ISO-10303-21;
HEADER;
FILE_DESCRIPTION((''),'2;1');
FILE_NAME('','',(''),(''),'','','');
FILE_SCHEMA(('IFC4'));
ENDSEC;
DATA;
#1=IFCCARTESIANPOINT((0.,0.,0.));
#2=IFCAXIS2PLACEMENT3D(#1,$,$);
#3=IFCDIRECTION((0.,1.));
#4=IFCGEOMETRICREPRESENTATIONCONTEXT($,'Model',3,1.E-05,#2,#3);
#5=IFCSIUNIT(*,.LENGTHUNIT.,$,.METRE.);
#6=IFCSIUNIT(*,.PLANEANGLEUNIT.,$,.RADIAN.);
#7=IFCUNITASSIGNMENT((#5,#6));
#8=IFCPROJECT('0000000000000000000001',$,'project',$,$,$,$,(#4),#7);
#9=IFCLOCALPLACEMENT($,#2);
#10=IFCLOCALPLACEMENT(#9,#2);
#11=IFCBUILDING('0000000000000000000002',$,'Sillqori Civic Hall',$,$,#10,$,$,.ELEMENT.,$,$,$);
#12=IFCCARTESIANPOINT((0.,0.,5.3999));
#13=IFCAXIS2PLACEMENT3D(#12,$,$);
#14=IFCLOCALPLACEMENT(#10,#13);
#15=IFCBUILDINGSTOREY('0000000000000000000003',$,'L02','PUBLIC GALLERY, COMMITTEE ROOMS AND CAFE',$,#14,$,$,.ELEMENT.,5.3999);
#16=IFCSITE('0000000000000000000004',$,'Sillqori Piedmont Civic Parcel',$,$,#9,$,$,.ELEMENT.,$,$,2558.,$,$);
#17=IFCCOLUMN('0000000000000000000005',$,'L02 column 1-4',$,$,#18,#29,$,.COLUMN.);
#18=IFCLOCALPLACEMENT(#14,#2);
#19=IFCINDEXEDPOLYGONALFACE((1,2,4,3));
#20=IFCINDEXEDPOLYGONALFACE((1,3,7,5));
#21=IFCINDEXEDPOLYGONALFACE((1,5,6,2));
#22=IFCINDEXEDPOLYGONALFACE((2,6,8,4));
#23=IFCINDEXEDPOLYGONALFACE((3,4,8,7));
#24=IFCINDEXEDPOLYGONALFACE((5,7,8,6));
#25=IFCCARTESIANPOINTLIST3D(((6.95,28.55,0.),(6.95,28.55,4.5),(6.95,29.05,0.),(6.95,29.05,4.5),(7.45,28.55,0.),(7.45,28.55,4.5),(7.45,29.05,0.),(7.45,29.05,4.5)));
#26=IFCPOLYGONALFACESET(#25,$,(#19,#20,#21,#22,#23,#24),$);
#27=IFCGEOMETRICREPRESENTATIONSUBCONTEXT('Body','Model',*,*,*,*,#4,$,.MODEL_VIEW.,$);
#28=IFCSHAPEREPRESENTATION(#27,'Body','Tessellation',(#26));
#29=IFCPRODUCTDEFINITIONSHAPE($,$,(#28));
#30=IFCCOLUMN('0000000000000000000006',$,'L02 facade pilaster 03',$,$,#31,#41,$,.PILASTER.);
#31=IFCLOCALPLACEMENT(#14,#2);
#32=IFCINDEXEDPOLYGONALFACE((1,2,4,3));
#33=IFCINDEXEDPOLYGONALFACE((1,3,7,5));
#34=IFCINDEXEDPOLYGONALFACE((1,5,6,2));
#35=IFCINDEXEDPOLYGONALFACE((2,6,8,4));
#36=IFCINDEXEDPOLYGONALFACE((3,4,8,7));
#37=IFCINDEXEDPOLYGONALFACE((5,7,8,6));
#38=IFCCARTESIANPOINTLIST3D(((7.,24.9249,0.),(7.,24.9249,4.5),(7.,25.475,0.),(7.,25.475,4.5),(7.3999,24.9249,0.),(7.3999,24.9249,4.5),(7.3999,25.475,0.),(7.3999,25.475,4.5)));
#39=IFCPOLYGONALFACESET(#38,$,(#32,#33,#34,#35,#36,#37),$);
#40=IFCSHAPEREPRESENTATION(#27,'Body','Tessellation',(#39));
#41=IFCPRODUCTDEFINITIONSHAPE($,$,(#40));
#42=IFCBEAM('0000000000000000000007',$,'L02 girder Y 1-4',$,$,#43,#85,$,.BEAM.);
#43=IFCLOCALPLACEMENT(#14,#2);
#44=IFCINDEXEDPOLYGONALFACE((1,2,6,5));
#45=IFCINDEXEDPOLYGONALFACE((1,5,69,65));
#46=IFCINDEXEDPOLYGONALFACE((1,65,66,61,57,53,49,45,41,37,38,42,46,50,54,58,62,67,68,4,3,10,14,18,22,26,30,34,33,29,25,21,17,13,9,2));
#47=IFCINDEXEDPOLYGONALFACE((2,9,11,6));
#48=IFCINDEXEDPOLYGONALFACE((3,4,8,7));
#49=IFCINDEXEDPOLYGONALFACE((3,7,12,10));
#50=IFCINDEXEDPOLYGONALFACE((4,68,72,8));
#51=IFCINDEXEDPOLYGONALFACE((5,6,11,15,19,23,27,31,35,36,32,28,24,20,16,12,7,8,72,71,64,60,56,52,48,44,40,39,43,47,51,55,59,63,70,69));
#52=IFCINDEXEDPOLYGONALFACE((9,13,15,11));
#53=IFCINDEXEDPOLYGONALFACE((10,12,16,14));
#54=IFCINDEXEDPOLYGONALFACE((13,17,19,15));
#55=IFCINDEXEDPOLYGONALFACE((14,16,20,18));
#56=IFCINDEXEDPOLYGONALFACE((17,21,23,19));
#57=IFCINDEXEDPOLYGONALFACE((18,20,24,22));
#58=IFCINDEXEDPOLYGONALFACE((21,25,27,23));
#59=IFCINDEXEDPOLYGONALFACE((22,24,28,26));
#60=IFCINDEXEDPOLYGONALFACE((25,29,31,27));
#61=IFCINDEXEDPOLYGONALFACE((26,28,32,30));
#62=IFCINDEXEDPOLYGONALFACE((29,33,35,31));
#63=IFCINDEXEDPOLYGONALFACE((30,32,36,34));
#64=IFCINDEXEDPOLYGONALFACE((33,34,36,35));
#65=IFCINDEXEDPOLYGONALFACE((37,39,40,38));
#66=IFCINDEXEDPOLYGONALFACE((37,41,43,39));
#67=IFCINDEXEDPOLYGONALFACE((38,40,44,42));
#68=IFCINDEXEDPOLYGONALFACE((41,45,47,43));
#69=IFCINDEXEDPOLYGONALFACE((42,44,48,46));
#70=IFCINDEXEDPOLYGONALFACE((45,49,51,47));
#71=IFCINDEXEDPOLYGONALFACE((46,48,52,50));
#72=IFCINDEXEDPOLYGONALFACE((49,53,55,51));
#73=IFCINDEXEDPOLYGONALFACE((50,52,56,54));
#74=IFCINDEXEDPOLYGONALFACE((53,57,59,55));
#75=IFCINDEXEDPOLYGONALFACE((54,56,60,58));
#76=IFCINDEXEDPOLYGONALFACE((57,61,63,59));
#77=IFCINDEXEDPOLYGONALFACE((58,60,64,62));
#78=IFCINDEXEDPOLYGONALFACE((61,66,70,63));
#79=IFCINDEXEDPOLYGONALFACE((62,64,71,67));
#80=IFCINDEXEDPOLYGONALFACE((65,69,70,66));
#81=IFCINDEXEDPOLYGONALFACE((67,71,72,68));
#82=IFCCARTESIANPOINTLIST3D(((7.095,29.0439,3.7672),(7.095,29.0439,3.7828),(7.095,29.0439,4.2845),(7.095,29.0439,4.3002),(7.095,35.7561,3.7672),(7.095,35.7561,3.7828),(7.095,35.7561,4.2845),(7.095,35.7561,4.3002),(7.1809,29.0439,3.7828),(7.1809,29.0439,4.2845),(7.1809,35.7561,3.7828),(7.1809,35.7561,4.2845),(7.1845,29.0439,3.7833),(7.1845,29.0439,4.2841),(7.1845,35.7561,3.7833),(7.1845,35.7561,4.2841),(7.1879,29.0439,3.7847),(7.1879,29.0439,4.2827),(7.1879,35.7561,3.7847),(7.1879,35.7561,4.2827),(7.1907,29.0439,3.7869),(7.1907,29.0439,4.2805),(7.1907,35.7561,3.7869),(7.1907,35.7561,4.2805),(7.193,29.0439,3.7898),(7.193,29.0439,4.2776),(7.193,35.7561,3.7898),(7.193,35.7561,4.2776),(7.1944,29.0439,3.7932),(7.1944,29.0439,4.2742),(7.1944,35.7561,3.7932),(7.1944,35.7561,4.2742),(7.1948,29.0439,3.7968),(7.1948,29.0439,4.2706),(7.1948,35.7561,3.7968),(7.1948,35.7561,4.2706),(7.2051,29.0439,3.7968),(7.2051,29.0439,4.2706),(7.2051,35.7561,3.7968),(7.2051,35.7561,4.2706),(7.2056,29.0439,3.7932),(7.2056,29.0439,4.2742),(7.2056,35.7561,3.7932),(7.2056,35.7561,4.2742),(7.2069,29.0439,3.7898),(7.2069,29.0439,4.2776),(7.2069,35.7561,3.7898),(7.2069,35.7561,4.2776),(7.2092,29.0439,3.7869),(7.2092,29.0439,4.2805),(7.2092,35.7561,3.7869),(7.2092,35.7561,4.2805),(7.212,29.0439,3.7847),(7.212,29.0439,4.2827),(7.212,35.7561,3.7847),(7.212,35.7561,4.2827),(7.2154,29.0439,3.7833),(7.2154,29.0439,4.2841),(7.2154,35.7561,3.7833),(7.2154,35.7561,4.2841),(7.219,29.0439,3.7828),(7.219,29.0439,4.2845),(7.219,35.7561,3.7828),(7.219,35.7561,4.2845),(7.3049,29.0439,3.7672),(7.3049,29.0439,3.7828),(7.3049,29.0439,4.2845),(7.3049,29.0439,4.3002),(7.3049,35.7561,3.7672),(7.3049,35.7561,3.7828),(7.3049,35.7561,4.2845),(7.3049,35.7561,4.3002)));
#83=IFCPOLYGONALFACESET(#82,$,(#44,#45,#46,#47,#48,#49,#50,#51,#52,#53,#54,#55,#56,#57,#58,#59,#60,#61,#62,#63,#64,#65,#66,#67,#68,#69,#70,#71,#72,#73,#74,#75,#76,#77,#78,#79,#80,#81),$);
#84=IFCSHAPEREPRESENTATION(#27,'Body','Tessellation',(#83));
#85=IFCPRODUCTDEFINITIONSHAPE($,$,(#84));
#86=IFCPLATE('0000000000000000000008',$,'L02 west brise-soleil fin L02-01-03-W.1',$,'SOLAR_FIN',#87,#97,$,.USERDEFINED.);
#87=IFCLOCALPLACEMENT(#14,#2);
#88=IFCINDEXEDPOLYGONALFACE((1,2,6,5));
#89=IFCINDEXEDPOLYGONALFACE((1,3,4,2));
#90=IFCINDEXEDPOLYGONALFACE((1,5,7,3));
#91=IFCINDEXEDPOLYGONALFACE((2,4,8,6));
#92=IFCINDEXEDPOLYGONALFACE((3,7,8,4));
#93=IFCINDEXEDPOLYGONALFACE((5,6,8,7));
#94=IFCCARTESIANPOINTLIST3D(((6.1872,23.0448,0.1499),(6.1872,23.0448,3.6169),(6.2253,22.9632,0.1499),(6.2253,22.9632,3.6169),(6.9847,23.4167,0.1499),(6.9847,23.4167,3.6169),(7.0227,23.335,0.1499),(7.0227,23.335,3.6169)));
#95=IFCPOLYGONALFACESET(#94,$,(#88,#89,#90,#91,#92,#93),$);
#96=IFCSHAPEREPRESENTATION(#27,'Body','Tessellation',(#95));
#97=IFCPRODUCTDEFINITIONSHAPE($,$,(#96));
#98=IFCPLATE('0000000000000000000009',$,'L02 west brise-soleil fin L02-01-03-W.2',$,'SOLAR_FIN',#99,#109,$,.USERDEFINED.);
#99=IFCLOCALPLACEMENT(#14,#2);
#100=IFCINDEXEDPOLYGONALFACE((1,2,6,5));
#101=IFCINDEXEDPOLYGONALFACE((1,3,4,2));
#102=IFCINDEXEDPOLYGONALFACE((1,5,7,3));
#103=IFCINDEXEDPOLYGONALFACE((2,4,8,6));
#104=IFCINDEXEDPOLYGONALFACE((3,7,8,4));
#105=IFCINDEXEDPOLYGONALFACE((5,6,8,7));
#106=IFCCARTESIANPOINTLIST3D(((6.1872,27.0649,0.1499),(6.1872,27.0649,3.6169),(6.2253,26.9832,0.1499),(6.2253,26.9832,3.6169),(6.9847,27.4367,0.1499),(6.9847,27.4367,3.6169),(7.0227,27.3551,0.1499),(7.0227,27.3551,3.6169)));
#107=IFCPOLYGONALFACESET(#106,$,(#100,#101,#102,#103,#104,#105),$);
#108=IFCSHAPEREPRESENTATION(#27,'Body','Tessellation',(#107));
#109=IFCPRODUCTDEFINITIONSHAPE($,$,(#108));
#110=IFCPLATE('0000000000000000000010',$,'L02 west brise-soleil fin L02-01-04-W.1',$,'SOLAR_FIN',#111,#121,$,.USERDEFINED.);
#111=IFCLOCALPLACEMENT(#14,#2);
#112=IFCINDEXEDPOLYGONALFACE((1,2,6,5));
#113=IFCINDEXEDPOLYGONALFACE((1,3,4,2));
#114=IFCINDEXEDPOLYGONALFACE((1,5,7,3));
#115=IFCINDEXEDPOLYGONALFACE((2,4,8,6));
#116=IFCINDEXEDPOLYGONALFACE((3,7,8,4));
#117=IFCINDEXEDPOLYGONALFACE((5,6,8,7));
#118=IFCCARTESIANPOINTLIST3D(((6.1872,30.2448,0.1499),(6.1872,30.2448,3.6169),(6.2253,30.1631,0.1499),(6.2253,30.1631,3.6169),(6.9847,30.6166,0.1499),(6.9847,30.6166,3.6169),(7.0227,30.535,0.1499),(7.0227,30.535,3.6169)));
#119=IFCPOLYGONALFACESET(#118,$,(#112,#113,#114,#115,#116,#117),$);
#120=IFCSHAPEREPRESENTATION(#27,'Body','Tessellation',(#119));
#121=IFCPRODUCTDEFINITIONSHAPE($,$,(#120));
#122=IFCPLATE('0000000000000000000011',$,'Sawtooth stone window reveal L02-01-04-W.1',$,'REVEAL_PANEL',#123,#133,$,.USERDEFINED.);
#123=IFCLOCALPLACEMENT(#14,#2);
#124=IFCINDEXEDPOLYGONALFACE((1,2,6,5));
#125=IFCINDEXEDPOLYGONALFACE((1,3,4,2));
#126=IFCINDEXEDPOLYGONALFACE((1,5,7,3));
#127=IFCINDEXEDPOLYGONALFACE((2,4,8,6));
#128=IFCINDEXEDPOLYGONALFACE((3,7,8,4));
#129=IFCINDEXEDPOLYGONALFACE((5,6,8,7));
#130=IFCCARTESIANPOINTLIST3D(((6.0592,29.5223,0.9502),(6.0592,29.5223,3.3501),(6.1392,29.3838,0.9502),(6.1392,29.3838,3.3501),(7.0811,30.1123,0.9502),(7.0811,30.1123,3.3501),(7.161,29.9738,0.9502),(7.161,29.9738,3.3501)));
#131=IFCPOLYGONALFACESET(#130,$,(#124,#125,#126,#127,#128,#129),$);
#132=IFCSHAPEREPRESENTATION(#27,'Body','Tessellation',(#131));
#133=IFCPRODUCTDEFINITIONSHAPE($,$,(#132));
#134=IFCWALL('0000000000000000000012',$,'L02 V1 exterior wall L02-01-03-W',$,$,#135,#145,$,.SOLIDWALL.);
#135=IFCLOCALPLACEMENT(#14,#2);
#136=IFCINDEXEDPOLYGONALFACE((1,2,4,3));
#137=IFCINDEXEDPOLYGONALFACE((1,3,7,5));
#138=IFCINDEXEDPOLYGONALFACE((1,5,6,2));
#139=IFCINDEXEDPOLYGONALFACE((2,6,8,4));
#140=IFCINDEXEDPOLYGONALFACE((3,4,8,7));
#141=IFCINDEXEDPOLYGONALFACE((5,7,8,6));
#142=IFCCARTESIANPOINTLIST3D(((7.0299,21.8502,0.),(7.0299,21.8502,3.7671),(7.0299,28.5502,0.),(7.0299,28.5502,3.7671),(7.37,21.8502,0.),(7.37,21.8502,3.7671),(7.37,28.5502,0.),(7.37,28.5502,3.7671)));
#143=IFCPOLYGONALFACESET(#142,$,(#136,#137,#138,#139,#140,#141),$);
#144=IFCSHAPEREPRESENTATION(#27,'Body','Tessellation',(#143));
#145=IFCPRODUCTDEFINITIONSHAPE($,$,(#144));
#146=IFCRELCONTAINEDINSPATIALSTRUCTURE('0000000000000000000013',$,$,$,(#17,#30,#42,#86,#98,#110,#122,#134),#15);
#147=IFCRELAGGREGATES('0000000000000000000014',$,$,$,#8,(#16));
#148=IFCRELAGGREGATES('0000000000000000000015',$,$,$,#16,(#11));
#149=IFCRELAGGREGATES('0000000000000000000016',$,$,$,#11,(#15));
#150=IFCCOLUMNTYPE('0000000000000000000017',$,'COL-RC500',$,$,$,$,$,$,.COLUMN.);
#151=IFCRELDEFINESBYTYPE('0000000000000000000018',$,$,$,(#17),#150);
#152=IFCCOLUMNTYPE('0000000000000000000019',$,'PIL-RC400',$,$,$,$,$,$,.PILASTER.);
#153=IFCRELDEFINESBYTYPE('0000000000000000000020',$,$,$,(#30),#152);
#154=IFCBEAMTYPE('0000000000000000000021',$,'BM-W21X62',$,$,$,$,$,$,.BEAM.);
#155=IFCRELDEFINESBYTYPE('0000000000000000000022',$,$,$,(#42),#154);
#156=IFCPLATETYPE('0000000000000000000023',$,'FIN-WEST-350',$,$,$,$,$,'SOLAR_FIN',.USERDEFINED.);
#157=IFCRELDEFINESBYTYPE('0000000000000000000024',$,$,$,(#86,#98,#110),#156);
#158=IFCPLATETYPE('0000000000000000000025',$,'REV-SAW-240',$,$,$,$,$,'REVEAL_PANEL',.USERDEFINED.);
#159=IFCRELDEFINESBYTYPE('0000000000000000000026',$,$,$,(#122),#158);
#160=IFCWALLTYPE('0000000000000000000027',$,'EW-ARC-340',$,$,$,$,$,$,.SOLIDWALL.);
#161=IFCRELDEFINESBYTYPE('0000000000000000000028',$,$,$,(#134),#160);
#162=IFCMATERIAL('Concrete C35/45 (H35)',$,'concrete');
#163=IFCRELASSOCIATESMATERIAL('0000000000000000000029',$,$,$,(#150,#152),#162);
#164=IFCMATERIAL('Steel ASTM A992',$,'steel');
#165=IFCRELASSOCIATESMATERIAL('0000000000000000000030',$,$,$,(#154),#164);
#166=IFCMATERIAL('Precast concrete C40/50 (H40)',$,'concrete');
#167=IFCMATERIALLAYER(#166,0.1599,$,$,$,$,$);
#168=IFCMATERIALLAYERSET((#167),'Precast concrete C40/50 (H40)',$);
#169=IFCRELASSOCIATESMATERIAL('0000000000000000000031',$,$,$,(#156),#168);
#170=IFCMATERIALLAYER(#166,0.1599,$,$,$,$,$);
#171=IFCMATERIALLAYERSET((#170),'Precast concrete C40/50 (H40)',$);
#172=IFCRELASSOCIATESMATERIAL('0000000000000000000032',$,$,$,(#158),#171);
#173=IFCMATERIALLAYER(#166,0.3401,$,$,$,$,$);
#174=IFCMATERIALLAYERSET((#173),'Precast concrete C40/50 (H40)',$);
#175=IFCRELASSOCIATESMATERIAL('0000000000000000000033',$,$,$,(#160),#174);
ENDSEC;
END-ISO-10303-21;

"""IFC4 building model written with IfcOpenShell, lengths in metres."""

from ifc_helpers import new_model, si_unit, direction, frame, frame_2d, origin, origin_2d, place, context, subcontext, project, spatial, rectangle, i_section, extrude, material, layer, layer_set, material_profile, profile_set, type_object, element, save


model = new_model("IFC4")

# Units and contexts
model_context = context("Model", 3, precision=1e-05, world=origin(), true_north=direction((0.0, 1.0)))
body_context = subcontext(model_context, "Body", "Model", "MODEL_VIEW")
ifc_project = project(units=[si_unit("LENGTHUNIT", "METRE"), si_unit("PLANEANGLEUNIT", "RADIAN")], contexts=[model_context])

# Site, building, storey
site_placement = place(None, origin())
site = spatial("IfcSite", under=ifc_project, at=site_placement, Name="Sillqori Piedmont Civic Parcel", CompositionType="ELEMENT", RefElevation=2558.0)
building_placement = place(site_placement, origin())
building = spatial("IfcBuilding", under=site, at=building_placement, Name="Sillqori Civic Hall", CompositionType="ELEMENT")
storey_placement = place(building_placement, frame((0.0, 0.0, 5.3999)))
storey = spatial("IfcBuildingStorey", under=building, at=storey_placement, Name="L02", Description="PUBLIC GALLERY, COMMITTEE ROOMS AND CAFE", CompositionType="ELEMENT", Elevation=5.3999)

# Columns
ifc_material_1 = material(Name="Concrete C35/45 (H35)", Category="concrete")
ifc_material_profile_1 = material_profile(ifc_material_1, rectangle(XDim=0.5, YDim=0.5, at=origin_2d()), Name="RC 500x500")
ifc_profile_set_1 = profile_set([ifc_material_profile_1], Name="Concrete C35/45 (H35)")
column_type_1 = type_object("IfcColumnType", Name="COL-RC500", PredefinedType="COLUMN", material=ifc_profile_set_1)
column_1_placement = place(storey_placement, frame((7.2, 28.8, 0.0), z_axis=(0.0, 0.0, 1.0), x_axis=(1.0, 0.0, 0.0)))
element("IfcColumn", 1, at=column_1_placement, inside=storey, type_object=column_type_1, Name="L02 column 1-4", PredefinedType="COLUMN", context=body_context, shape_type="SweptSolid", body=[
    extrude(rectangle(XDim=0.5, YDim=0.5, at=origin_2d()), origin(), (0.0, 0.0, 1.0), 4.5),
])
ifc_material_profile_2 = material_profile(ifc_material_1, rectangle(XDim=0.3999, YDim=0.55, at=origin_2d()), Name="RC 400x550")
ifc_profile_set_2 = profile_set([ifc_material_profile_2], Name="Concrete C35/45 (H35)")
column_type_2 = type_object("IfcColumnType", Name="PIL-RC400", PredefinedType="PILASTER", material=ifc_profile_set_2)
column_2_placement = place(storey_placement, frame((7.2, 25.2, 0.0), z_axis=(0.0, 0.0, 1.0), x_axis=(1.0, 0.0, 0.0)))
element("IfcColumn", 2, at=column_2_placement, inside=storey, type_object=column_type_2, Name="L02 facade pilaster 03", PredefinedType="PILASTER", context=body_context, shape_type="SweptSolid", body=[
    extrude(rectangle(XDim=0.3999, YDim=0.55, at=origin_2d()), origin(), (0.0, 0.0, 1.0), 4.5),
])

# Beam
ifc_material_2 = material(Name="Steel ASTM A992", Category="steel")
ifc_material_profile_3 = material_profile(ifc_material_2, i_section(OverallWidth=0.21, OverallDepth=0.533, WebThickness=0.0103, FlangeThickness=0.0156, FilletRadius=0.0139, at=origin_2d()), Name="W21X62")
ifc_profile_set_3 = profile_set([ifc_material_profile_3], Name="Steel ASTM A992")
beam_type = type_object("IfcBeamType", Name="BM-W21X62", PredefinedType="BEAM", material=ifc_profile_set_3)
beam_placement = place(storey_placement, frame((7.2, 29.0439, 4.0337), z_axis=(0.0, 1.0, 0.0), x_axis=(-1.0, 0.0, 0.0)))
element("IfcBeam", 3, at=beam_placement, inside=storey, type_object=beam_type, Name="L02 girder Y 1-4", PredefinedType="BEAM", context=body_context, shape_type="SweptSolid", body=[
    extrude(i_section(OverallWidth=0.21, OverallDepth=0.533, WebThickness=0.0103, FlangeThickness=0.0156, FilletRadius=0.0139, at=origin_2d()), origin(), (0.0, 0.0, 1.0), 6.7122),
])

# Plates
ifc_material_3 = material(Name="Precast concrete C40/50 (H40)", Category="concrete")
ifc_layer_1 = layer(ifc_material_3, 0.1599)
ifc_layer_set_1 = layer_set([ifc_layer_1], Name="Precast concrete C40/50 (H40)")
plate_type_1 = type_object("IfcPlateType", Name="FIN-WEST-350", ElementType="SOLAR_FIN", PredefinedType="USERDEFINED", material=ifc_layer_set_1)
for number, where, z_axis, x_axis, name in (
    (4, (6.605, 23.1899, 0.1499), (0.0, 0.0, 1.0), (-0.422618, 0.906308, 0.0), "L02 west brise-soleil fin L02-01-03-W.1"),
    (5, (6.605, 27.21, 0.1499), (0.0, 0.0, 1.0), (-0.422618, 0.906308, 0.0), "L02 west brise-soleil fin L02-01-03-W.2"),
    (6, (6.605, 30.3899, 0.1499), (0.0, 0.0, 1.0), (-0.422618, 0.906308, 0.0), "L02 west brise-soleil fin L02-01-04-W.1"),
):
    element("IfcPlate", number, at=place(storey_placement, frame(where, z_axis=z_axis, x_axis=x_axis)), inside=storey, type_object=plate_type_1, Name=name, ObjectType="SOLAR_FIN", PredefinedType="USERDEFINED", context=body_context, shape_type="SweptSolid", body=[
        extrude(rectangle(XDim=0.0901, YDim=0.8799, at=origin_2d()), origin(), (0.0, 0.0, 1.0), 3.467),
    ])
ifc_layer_2 = layer(ifc_material_3, 0.1599)
ifc_layer_set_2 = layer_set([ifc_layer_2], Name="Precast concrete C40/50 (H40)")
plate_type_2 = type_object("IfcPlateType", Name="REV-SAW-240", ElementType="REVEAL_PANEL", PredefinedType="USERDEFINED", material=ifc_layer_set_2)
plate_placement = place(storey_placement, frame((6.6101, 29.748, 0.9502), z_axis=(0.0, 0.0, 1.0), x_axis=(-0.5, 0.866025, 0.0)))
element("IfcPlate", 7, at=plate_placement, inside=storey, type_object=plate_type_2, Name="Sawtooth stone window reveal L02-01-04-W.1", ObjectType="REVEAL_PANEL", PredefinedType="USERDEFINED", context=body_context, shape_type="SweptSolid", body=[
    extrude(rectangle(XDim=0.1599, YDim=1.1799, at=origin_2d()), origin(), (0.0, 0.0, 1.0), 2.3999),
])

# Wall
ifc_layer_3 = layer(ifc_material_3, 0.3401)
ifc_layer_set_3 = layer_set([ifc_layer_3], Name="Precast concrete C40/50 (H40)")
wall_type = type_object("IfcWallType", Name="EW-ARC-340", PredefinedType="SOLIDWALL", material=ifc_layer_set_3)
wall_1_placement = place(storey_placement, frame((7.2, 21.8501, 0.0), z_axis=(0.0, 0.0, 1.0), x_axis=(0.0, 1.0, 0.0)))
element("IfcWall", 8, at=wall_1_placement, inside=storey, type_object=wall_type, Name="L02 V1 exterior wall L02-01-03-W", PredefinedType="SOLIDWALL", context=body_context, shape_type="SweptSolid", body=[
    extrude(rectangle(XDim=6.7, YDim=0.3401, at=frame_2d((3.3501, 0.0))), origin(), (0.0, 0.0, 1.0), 3.7671),
])

save(model, "model.ifc")
